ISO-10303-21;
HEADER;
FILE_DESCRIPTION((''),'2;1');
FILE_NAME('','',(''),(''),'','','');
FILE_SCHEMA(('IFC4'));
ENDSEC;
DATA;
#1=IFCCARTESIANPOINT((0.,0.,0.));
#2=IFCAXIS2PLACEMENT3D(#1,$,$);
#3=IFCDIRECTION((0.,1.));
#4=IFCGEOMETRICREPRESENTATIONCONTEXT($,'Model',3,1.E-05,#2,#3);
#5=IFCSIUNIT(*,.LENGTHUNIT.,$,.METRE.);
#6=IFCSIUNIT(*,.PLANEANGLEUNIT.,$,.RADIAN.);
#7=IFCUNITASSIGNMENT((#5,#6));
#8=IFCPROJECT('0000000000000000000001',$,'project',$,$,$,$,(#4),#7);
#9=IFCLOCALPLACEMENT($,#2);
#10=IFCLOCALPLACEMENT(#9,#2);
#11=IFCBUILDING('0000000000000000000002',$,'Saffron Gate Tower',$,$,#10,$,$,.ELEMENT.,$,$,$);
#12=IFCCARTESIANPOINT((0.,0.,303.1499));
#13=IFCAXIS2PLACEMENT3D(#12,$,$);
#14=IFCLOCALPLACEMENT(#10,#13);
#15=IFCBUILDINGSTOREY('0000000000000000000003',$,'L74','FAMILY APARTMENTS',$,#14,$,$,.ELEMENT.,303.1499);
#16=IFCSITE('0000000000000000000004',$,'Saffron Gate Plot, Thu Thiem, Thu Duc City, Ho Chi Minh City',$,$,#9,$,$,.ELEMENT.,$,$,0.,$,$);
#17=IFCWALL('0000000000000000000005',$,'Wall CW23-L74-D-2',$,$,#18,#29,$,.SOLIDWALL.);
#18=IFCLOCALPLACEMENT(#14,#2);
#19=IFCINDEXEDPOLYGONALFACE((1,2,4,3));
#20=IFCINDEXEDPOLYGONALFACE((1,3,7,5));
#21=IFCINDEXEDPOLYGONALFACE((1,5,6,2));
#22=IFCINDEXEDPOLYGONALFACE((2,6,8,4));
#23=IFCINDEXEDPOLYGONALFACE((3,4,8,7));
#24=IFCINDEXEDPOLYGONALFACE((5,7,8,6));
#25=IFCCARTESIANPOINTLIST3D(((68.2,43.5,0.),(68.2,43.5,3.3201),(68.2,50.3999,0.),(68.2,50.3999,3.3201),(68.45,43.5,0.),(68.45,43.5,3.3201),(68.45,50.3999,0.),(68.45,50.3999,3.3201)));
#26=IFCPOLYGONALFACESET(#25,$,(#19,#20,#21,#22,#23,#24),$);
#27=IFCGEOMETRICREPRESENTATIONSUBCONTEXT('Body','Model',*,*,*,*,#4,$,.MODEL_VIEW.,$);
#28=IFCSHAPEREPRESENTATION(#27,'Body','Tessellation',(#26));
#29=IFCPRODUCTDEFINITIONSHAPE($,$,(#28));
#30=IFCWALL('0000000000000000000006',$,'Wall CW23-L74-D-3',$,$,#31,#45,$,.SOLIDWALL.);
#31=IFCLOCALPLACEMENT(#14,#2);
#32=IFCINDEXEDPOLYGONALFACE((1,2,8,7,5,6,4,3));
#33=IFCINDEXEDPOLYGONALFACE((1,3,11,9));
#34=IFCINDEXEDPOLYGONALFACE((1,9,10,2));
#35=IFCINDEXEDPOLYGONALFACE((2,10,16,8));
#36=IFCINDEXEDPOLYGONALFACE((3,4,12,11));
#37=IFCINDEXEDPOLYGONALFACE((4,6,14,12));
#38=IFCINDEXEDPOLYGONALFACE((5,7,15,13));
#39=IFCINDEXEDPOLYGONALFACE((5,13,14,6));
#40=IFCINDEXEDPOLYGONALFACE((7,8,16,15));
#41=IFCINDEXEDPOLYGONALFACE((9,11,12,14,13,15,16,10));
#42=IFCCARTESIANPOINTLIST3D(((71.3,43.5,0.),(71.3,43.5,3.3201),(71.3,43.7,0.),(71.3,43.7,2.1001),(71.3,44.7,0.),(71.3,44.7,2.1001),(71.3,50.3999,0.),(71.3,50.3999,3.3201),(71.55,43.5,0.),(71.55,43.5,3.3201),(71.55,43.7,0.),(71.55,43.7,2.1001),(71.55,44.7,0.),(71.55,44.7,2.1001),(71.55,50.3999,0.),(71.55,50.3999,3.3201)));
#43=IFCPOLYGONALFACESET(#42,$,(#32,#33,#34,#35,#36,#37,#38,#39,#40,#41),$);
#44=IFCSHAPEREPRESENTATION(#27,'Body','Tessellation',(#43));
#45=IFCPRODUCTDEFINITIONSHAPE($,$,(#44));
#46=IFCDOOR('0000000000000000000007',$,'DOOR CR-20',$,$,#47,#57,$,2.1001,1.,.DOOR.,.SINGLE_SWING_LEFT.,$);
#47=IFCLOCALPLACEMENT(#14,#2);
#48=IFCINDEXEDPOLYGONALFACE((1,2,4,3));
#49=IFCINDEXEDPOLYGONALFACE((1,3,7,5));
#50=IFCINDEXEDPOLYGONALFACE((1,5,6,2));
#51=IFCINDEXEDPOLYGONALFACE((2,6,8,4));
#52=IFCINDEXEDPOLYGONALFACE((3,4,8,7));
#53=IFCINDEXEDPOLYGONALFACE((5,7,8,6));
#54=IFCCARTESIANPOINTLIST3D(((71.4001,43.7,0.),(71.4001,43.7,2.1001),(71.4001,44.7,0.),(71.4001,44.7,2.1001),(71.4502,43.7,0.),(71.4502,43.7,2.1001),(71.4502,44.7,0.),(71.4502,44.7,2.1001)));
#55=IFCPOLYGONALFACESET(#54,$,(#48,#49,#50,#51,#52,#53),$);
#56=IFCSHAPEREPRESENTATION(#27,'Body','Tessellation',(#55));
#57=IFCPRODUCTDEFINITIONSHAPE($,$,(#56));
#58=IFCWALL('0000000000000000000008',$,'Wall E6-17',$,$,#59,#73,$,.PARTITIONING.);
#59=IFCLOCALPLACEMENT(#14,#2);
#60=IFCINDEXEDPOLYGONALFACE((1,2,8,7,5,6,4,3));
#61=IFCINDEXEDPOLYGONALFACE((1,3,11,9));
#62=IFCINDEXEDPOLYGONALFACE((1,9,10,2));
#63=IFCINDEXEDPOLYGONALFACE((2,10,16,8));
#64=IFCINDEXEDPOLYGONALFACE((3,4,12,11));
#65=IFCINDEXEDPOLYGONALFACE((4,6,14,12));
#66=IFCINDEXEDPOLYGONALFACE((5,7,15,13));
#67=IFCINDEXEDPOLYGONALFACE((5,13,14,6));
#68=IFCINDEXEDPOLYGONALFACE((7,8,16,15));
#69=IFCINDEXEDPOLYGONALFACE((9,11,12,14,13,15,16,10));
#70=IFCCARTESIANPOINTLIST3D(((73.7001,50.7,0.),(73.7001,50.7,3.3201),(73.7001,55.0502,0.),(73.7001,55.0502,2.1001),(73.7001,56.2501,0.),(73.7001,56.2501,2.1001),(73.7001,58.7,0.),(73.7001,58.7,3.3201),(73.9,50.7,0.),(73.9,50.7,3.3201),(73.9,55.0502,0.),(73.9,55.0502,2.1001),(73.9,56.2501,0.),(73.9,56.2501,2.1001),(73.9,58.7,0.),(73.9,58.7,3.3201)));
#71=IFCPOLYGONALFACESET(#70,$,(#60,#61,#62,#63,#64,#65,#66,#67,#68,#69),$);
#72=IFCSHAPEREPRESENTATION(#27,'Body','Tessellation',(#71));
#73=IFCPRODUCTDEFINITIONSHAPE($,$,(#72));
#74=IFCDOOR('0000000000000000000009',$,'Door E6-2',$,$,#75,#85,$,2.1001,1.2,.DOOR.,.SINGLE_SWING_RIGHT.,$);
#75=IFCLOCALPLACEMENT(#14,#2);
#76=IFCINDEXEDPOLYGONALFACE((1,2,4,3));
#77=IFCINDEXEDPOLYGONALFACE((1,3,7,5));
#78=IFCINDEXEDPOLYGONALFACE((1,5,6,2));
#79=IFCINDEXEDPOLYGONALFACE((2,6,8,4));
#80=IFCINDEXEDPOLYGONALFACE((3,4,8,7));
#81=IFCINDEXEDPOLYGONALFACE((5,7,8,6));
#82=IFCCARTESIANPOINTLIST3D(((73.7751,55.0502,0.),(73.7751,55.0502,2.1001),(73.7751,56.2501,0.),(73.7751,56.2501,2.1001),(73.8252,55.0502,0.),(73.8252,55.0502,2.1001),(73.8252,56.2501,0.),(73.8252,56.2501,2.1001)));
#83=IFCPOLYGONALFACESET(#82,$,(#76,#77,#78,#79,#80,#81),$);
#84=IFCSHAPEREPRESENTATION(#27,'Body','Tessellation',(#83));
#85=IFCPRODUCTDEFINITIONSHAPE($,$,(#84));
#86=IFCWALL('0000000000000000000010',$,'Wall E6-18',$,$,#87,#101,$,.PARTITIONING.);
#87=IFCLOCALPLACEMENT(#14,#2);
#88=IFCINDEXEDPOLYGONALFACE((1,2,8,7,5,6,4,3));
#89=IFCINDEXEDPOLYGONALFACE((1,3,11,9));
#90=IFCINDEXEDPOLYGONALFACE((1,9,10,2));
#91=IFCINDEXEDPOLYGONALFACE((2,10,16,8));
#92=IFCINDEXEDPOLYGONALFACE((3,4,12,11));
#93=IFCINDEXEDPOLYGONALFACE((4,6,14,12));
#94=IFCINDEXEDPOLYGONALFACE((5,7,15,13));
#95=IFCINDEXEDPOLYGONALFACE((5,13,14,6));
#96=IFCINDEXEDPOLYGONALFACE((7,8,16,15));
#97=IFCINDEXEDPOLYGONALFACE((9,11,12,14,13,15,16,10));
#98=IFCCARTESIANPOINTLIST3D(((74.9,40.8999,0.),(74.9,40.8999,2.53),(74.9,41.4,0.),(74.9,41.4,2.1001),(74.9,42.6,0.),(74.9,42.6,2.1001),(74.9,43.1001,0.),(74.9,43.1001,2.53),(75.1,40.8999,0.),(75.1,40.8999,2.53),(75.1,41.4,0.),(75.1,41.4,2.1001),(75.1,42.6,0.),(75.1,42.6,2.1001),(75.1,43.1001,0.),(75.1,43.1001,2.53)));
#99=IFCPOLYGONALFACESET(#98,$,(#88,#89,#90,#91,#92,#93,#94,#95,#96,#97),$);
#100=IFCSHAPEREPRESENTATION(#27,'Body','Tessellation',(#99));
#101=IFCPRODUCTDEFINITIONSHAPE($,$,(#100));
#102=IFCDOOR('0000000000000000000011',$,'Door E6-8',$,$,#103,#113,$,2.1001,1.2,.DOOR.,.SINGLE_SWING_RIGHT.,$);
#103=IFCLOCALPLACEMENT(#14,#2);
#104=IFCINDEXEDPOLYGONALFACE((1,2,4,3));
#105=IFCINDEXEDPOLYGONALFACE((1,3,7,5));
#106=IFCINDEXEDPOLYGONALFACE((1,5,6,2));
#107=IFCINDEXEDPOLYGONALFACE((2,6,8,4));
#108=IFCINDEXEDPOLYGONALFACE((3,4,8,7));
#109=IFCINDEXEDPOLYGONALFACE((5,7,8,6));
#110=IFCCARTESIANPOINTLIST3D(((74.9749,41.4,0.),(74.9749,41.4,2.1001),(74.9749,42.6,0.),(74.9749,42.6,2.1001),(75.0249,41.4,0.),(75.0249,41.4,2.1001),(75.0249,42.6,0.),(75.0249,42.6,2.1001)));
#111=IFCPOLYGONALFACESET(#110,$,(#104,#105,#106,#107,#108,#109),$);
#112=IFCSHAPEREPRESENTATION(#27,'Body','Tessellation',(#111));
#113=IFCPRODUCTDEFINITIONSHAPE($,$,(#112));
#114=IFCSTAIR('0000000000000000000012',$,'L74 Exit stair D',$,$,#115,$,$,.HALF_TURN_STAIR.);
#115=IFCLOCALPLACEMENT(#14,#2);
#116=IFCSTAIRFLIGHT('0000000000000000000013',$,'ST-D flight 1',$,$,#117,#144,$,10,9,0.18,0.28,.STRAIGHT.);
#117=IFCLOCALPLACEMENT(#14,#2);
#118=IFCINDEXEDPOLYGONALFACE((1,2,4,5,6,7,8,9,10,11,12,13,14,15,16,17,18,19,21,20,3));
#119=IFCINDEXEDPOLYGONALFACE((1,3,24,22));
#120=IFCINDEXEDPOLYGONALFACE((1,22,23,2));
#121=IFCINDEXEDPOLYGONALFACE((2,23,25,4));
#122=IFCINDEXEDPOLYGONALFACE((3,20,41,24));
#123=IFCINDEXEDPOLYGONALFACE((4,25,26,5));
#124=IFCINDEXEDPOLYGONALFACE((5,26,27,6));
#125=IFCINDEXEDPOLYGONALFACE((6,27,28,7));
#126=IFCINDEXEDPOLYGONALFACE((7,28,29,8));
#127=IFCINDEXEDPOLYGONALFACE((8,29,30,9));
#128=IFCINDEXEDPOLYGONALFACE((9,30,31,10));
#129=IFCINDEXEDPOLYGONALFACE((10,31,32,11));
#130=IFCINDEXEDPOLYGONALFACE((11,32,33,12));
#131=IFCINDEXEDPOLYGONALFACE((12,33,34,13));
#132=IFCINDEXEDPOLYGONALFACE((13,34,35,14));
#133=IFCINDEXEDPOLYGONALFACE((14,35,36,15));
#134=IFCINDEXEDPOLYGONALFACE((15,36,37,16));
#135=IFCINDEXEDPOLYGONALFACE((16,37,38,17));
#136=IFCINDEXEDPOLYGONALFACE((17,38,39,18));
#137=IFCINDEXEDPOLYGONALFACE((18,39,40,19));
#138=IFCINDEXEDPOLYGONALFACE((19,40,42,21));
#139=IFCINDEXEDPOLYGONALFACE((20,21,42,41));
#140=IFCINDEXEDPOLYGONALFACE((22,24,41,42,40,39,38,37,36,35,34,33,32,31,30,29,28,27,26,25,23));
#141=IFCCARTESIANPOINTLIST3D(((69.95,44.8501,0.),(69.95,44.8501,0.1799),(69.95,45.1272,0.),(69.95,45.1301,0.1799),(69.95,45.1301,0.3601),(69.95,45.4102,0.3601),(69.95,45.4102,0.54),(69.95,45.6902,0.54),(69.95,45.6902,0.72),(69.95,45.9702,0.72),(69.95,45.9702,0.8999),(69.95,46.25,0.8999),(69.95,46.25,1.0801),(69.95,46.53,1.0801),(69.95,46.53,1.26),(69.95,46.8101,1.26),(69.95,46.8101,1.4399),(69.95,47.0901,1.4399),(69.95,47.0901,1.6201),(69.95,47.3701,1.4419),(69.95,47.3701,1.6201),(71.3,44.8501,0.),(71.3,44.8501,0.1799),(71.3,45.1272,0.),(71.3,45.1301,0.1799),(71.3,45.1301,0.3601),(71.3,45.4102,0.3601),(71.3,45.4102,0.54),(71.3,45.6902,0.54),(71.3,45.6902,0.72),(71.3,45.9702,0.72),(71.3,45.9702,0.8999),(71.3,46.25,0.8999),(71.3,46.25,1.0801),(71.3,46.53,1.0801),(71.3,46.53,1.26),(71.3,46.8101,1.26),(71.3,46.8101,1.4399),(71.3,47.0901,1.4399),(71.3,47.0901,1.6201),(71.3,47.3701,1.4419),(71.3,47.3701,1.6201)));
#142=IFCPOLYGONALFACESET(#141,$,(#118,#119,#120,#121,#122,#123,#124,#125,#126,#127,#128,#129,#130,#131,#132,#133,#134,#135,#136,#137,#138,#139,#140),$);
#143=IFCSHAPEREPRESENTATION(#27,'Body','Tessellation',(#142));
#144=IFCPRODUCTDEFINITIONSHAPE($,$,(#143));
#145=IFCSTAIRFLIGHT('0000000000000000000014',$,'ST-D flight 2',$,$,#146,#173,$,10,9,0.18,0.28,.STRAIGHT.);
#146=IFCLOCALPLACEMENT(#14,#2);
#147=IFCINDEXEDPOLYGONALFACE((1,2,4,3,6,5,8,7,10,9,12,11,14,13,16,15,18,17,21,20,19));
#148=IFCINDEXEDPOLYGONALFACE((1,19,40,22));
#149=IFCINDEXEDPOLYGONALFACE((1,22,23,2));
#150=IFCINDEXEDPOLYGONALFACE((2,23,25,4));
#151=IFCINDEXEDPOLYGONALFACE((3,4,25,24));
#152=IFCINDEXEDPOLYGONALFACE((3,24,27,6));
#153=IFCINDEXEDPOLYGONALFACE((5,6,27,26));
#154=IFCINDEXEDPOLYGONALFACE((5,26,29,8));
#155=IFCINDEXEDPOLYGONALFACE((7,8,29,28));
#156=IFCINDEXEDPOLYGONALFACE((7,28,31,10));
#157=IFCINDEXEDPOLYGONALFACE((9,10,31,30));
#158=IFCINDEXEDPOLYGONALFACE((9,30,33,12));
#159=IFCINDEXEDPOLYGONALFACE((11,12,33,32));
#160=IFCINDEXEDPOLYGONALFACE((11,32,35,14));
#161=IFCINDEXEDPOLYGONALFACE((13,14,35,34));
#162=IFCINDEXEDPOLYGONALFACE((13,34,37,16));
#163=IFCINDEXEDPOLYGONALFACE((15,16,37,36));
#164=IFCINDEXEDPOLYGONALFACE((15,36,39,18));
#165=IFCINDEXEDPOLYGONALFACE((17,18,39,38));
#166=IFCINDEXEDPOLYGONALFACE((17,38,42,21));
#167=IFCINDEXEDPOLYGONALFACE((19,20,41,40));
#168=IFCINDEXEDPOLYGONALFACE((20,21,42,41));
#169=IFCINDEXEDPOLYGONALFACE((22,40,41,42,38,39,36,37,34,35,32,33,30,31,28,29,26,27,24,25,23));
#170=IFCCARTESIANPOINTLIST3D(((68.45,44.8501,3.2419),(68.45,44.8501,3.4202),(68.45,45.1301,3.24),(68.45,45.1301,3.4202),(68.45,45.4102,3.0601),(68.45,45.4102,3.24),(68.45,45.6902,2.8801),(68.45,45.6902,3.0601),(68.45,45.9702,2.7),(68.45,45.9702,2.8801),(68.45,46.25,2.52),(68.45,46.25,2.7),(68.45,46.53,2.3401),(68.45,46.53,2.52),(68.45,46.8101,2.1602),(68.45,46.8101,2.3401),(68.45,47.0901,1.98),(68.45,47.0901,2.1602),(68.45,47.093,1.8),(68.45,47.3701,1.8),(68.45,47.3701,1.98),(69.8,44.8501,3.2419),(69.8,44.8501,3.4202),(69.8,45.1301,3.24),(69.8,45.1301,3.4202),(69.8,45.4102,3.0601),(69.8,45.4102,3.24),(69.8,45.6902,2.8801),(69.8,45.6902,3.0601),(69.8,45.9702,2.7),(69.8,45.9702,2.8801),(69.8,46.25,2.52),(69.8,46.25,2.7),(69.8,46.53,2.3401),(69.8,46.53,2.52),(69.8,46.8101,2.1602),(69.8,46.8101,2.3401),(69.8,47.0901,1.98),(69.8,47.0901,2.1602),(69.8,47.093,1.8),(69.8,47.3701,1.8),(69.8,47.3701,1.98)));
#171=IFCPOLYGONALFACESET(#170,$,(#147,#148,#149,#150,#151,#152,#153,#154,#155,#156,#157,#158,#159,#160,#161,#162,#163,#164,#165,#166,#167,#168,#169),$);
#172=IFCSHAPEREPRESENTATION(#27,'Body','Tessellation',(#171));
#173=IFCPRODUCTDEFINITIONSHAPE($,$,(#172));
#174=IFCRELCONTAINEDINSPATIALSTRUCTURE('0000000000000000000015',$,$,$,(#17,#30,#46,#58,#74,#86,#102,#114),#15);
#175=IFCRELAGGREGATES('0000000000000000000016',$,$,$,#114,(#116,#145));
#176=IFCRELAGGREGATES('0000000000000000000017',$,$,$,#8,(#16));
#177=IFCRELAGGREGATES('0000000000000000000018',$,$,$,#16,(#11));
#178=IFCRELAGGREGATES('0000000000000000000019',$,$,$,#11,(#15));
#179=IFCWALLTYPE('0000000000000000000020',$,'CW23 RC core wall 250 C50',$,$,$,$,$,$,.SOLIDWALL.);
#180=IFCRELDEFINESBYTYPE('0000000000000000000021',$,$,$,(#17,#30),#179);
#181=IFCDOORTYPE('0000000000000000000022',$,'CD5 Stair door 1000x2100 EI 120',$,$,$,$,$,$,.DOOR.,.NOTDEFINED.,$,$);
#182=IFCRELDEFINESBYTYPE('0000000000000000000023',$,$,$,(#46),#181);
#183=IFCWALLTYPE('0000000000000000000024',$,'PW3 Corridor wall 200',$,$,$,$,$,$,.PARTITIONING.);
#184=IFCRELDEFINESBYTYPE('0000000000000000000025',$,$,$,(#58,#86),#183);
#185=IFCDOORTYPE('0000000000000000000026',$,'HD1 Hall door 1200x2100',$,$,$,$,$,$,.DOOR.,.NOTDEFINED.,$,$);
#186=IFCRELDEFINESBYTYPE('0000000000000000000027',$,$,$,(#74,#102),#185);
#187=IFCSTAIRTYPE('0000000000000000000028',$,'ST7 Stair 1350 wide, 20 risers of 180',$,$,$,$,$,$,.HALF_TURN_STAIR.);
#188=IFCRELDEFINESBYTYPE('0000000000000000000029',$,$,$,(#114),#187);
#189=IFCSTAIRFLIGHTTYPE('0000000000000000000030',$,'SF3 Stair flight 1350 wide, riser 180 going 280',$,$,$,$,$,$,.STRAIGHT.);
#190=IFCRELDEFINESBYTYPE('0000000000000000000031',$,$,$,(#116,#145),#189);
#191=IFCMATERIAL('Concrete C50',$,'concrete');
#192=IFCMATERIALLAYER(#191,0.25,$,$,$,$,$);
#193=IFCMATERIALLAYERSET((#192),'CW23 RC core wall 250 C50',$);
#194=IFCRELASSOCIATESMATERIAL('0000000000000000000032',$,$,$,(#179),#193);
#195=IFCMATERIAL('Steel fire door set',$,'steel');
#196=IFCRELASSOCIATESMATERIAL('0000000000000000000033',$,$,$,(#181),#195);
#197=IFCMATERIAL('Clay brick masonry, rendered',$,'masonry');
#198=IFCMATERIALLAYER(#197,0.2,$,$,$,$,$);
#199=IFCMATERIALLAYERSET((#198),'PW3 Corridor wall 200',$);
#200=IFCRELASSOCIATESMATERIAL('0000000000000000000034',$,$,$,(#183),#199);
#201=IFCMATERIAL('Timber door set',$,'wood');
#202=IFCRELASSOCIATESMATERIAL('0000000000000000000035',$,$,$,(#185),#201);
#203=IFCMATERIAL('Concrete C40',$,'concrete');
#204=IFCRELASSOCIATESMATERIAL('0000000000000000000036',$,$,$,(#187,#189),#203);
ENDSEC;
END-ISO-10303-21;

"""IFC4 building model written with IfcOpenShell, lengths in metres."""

from ifc_helpers import new_model, si_unit, direction, frame, frame_2d, origin, place, context, subcontext, project, spatial, polyline, rectangle, outline, extrude, material, layer, layer_set, type_object, element, fill, aggregate, save


model = new_model("IFC4")

# Units and contexts
model_context = context("Model", 3, precision=1e-05, world=origin(), true_north=direction((0.0, 1.0)))
body_context = subcontext(model_context, "Body", "Model", "MODEL_VIEW")
ifc_project = project(units=[si_unit("LENGTHUNIT", "METRE"), si_unit("PLANEANGLEUNIT", "RADIAN")], contexts=[model_context])

# Site, building, storey
site_placement = place(None, origin())
site = spatial("IfcSite", under=ifc_project, at=site_placement, Name="Saffron Gate Plot, Thu Thiem, Thu Duc City, Ho Chi Minh City", CompositionType="ELEMENT", RefElevation=0.0)
building_placement = place(site_placement, origin())
building = spatial("IfcBuilding", under=site, at=building_placement, Name="Saffron Gate Tower", CompositionType="ELEMENT")
storey_placement = place(building_placement, frame((0.0, 0.0, 303.1499)))
storey = spatial("IfcBuildingStorey", under=building, at=storey_placement, Name="L74", Description="FAMILY APARTMENTS", CompositionType="ELEMENT", Elevation=303.1499)

# Shared definitions
ifc_material_1 = material(Name="Concrete C40", Category="concrete")

# Shared definitions
ifc_material_2 = material(Name="Steel fire door set", Category="steel")

# Wall
ifc_material_3 = material(Name="Concrete C50", Category="concrete")
ifc_layer_1 = layer(ifc_material_3, 0.25)
ifc_layer_set_1 = layer_set([ifc_layer_1], Name="CW23 RC core wall 250 C50")
wall_type_1 = type_object("IfcWallType", Name="CW23 RC core wall 250 C50", PredefinedType="SOLIDWALL", material=ifc_layer_set_1)
wall_1_placement = place(storey_placement, frame((68.325, 43.5, 0.0), z_axis=(0.0, 0.0, 1.0), x_axis=(0.0, 1.0, 0.0)))
element("IfcWall", 1, at=wall_1_placement, inside=storey, type_object=wall_type_1, Name="Wall CW23-L74-D-2", PredefinedType="SOLIDWALL", context=body_context, shape_type="SweptSolid", body=[
    extrude(rectangle(XDim=6.8999, YDim=0.25, at=frame_2d((3.45, 0.0))), origin(), (0.0, 0.0, 1.0), 3.3201),
])

# Walls, openings, doors
wall_2_placement = place(storey_placement, frame((71.425, 43.5, 0.0), z_axis=(0.0, 0.0, 1.0), x_axis=(0.0, 1.0, 0.0)))
wall_2 = element("IfcWall", 2, at=wall_2_placement, inside=storey, type_object=wall_type_1, Name="Wall CW23-L74-D-3", PredefinedType="SOLIDWALL", context=body_context, shape_type="SweptSolid", body=[
    extrude(rectangle(XDim=6.8999, YDim=0.25, at=frame_2d((3.45, 0.0))), origin(), (0.0, 0.0, 1.0), 3.3201),
])
opening_1_placement = place(wall_2_placement, frame((0.2, 0.0, 0.0)))
opening_1 = element("IfcOpeningElement", 3, at=opening_1_placement, cuts=wall_2, PredefinedType="OPENING", context=body_context, shape_type="SweptSolid", body=[
    extrude(rectangle(XDim=1.0, YDim=2.1001, at=frame_2d((0.5, 1.05))), frame((0.0, 0.135, 0.0), z_axis=(0.0, -1.0, 0.0), x_axis=(1.0, 0.0, 0.0)), (0.0, 0.0, 1.0), 0.27),
])
door_type_1 = type_object("IfcDoorType", Name="CD5 Stair door 1000x2100 EI 120", OperationType="NOTDEFINED", PredefinedType="DOOR", material=ifc_material_2)
door_1_placement = place(opening_1_placement, origin())
door_1 = element("IfcDoor", 4, at=door_1_placement, inside=storey, type_object=door_type_1, Name="DOOR CR-20", OperationType="SINGLE_SWING_LEFT", OverallHeight=2.1001, OverallWidth=1.0, PredefinedType="DOOR", context=body_context, shape_type="SweptSolid", body=[
    extrude(rectangle(XDim=1.0, YDim=2.1001, at=frame_2d((0.5, 1.05))), frame((0.0, 0.0249, 0.0), z_axis=(0.0, -1.0, 0.0), x_axis=(1.0, 0.0, 0.0)), (0.0, 0.0, 1.0), 0.05),
])
fill(opening_1, door_1)
ifc_material_4 = material(Name="Clay brick masonry, rendered", Category="masonry")
ifc_layer_2 = layer(ifc_material_4, 0.2)
ifc_layer_set_2 = layer_set([ifc_layer_2], Name="PW3 Corridor wall 200")
wall_type_2 = type_object("IfcWallType", Name="PW3 Corridor wall 200", PredefinedType="PARTITIONING", material=ifc_layer_set_2)
wall_3_placement = place(storey_placement, frame((73.8, 50.7, 0.0), z_axis=(0.0, 0.0, 1.0), x_axis=(0.0, 1.0, 0.0)))
wall_3 = element("IfcWall", 5, at=wall_3_placement, inside=storey, type_object=wall_type_2, Name="Wall E6-17", PredefinedType="PARTITIONING", context=body_context, shape_type="SweptSolid", body=[
    extrude(rectangle(XDim=8.0, YDim=0.2, at=frame_2d((4.0, 0.0))), origin(), (0.0, 0.0, 1.0), 3.3201),
])
opening_2_placement = place(wall_3_placement, frame((4.3501, 0.0, 0.0)))
opening_2 = element("IfcOpeningElement", 6, at=opening_2_placement, cuts=wall_3, PredefinedType="OPENING", context=body_context, shape_type="SweptSolid", body=[
    extrude(rectangle(XDim=1.2, YDim=2.1001, at=frame_2d((0.6001, 1.05))), frame((0.0, 0.1099, 0.0), z_axis=(0.0, -1.0, 0.0), x_axis=(1.0, 0.0, 0.0)), (0.0, 0.0, 1.0), 0.22),
])
ifc_material_5 = material(Name="Timber door set", Category="wood")
door_type_2 = type_object("IfcDoorType", Name="HD1 Hall door 1200x2100", OperationType="NOTDEFINED", PredefinedType="DOOR", material=ifc_material_5)
door_2_placement = place(opening_2_placement, origin())
door_2 = element("IfcDoor", 7, at=door_2_placement, inside=storey, type_object=door_type_2, Name="Door E6-2", OperationType="SINGLE_SWING_RIGHT", OverallHeight=2.1001, OverallWidth=1.2, PredefinedType="DOOR", context=body_context, shape_type="SweptSolid", body=[
    extrude(rectangle(XDim=1.2, YDim=2.1001, at=frame_2d((0.6001, 1.05))), frame((0.0, 0.0249, 0.0), z_axis=(0.0, -1.0, 0.0), x_axis=(1.0, 0.0, 0.0)), (0.0, 0.0, 1.0), 0.05),
])
fill(opening_2, door_2)
wall_4_placement = place(storey_placement, frame((75.0, 43.1001, 0.0), z_axis=(0.0, 0.0, 1.0), x_axis=(0.0, -1.0, 0.0)))
wall_4 = element("IfcWall", 8, at=wall_4_placement, inside=storey, type_object=wall_type_2, Name="Wall E6-18", PredefinedType="PARTITIONING", context=body_context, shape_type="SweptSolid", body=[
    extrude(rectangle(XDim=2.2002, YDim=0.2, at=frame_2d((1.1001, 0.0))), origin(), (0.0, 0.0, 1.0), 2.53),
])
opening_3_placement = place(wall_4_placement, frame((0.5, 0.0, 0.0)))
opening_3 = element("IfcOpeningElement", 9, at=opening_3_placement, cuts=wall_4, PredefinedType="OPENING", context=body_context, shape_type="SweptSolid", body=[
    extrude(rectangle(XDim=1.2, YDim=2.1001, at=frame_2d((0.6001, 1.05))), frame((0.0, 0.1099, 0.0), z_axis=(0.0, -1.0, 0.0), x_axis=(1.0, 0.0, 0.0)), (0.0, 0.0, 1.0), 0.22),
])
door_3_placement = place(opening_3_placement, origin())
door_3 = element("IfcDoor", 10, at=door_3_placement, inside=storey, type_object=door_type_2, Name="Door E6-8", OperationType="SINGLE_SWING_RIGHT", OverallHeight=2.1001, OverallWidth=1.2, PredefinedType="DOOR", context=body_context, shape_type="SweptSolid", body=[
    extrude(rectangle(XDim=1.2, YDim=2.1001, at=frame_2d((0.6001, 1.05))), frame((0.0, 0.0249, 0.0), z_axis=(0.0, -1.0, 0.0), x_axis=(1.0, 0.0, 0.0)), (0.0, 0.0, 1.0), 0.05),
])
fill(opening_3, door_3)

# Stair, stair flights
stair_type = type_object("IfcStairType", Name="ST7 Stair 1350 wide, 20 risers of 180", PredefinedType="HALF_TURN_STAIR", material=ifc_material_1)
stair_placement = place(storey_placement, origin())
stair = element("IfcStair", 11, at=stair_placement, inside=storey, type_object=stair_type, Name="L74 Exit stair D", PredefinedType="HALF_TURN_STAIR")
stair_flight_type = type_object("IfcStairFlightType", Name="SF3 Stair flight 1350 wide, riser 180 going 280", PredefinedType="STRAIGHT", material=ifc_material_1)
stair_flight_1_placement = place(storey_placement, frame((70.625, 44.8501, 0.0), z_axis=(0.0, 0.0, 1.0), x_axis=(0.0, 1.0, 0.0)))
stair_flight_1 = element("IfcStairFlight", 12, at=stair_flight_1_placement, type_object=stair_flight_type, Name="ST-D flight 1", NumberOfRisers=10, NumberOfTreads=9, PredefinedType="STRAIGHT", RiserHeight=0.18, TreadLength=0.28, context=body_context, shape_type="SweptSolid", body=[
    extrude(outline(polyline([(0.0, 0.0), (0.0, 0.1799), (0.28, 0.1799), (0.28, 0.3601), (0.5601, 0.3601), (0.5601, 0.54), (0.8401, 0.54), (0.8401, 0.72), (1.1201, 0.72), (1.1201, 0.8999), (1.3999, 0.8999), (1.3999, 1.0801), (1.6799, 1.0801), (1.6799, 1.26), (1.96, 1.26), (1.96, 1.4399), (2.24, 1.4399), (2.24, 1.6201), (2.52, 1.6201), (2.52, 1.8), (2.52, 1.4419), (0.2771, 0.0), (0.0, 0.0)])), frame((0.0, 0.675, 0.0), z_axis=(0.0, -1.0, 0.0), x_axis=(1.0, 0.0, 0.0)), (0.0, 0.0, 1.0), 1.3501),
])
stair_flight_2_placement = place(storey_placement, frame((69.125, 47.3701, 1.8), z_axis=(0.0, 0.0, 1.0), x_axis=(0.0, -1.0, 0.0)))
stair_flight_2 = element("IfcStairFlight", 13, at=stair_flight_2_placement, type_object=stair_flight_type, Name="ST-D flight 2", NumberOfRisers=10, NumberOfTreads=9, PredefinedType="STRAIGHT", RiserHeight=0.18, TreadLength=0.28, context=body_context, shape_type="SweptSolid", body=[
    extrude(outline(polyline([(0.0, 0.0), (0.0, 0.1799), (0.28, 0.1799), (0.28, 0.3601), (0.5601, 0.3601), (0.5601, 0.54), (0.8401, 0.54), (0.8401, 0.72), (1.1201, 0.72), (1.1201, 0.8999), (1.3999, 0.8999), (1.3999, 1.0801), (1.6799, 1.0801), (1.6799, 1.26), (1.96, 1.26), (1.96, 1.4399), (2.24, 1.4399), (2.24, 1.6201), (2.52, 1.6201), (2.52, 1.8), (2.52, 1.4419), (0.2771, 0.0), (0.0, 0.0)])), frame((0.0, 0.675, 0.0), z_axis=(0.0, -1.0, 0.0), x_axis=(1.0, 0.0, 0.0)), (0.0, 0.0, 1.0), 1.3501),
])
aggregate(stair, [stair_flight_1, stair_flight_2])

save(model, "model.ifc")
